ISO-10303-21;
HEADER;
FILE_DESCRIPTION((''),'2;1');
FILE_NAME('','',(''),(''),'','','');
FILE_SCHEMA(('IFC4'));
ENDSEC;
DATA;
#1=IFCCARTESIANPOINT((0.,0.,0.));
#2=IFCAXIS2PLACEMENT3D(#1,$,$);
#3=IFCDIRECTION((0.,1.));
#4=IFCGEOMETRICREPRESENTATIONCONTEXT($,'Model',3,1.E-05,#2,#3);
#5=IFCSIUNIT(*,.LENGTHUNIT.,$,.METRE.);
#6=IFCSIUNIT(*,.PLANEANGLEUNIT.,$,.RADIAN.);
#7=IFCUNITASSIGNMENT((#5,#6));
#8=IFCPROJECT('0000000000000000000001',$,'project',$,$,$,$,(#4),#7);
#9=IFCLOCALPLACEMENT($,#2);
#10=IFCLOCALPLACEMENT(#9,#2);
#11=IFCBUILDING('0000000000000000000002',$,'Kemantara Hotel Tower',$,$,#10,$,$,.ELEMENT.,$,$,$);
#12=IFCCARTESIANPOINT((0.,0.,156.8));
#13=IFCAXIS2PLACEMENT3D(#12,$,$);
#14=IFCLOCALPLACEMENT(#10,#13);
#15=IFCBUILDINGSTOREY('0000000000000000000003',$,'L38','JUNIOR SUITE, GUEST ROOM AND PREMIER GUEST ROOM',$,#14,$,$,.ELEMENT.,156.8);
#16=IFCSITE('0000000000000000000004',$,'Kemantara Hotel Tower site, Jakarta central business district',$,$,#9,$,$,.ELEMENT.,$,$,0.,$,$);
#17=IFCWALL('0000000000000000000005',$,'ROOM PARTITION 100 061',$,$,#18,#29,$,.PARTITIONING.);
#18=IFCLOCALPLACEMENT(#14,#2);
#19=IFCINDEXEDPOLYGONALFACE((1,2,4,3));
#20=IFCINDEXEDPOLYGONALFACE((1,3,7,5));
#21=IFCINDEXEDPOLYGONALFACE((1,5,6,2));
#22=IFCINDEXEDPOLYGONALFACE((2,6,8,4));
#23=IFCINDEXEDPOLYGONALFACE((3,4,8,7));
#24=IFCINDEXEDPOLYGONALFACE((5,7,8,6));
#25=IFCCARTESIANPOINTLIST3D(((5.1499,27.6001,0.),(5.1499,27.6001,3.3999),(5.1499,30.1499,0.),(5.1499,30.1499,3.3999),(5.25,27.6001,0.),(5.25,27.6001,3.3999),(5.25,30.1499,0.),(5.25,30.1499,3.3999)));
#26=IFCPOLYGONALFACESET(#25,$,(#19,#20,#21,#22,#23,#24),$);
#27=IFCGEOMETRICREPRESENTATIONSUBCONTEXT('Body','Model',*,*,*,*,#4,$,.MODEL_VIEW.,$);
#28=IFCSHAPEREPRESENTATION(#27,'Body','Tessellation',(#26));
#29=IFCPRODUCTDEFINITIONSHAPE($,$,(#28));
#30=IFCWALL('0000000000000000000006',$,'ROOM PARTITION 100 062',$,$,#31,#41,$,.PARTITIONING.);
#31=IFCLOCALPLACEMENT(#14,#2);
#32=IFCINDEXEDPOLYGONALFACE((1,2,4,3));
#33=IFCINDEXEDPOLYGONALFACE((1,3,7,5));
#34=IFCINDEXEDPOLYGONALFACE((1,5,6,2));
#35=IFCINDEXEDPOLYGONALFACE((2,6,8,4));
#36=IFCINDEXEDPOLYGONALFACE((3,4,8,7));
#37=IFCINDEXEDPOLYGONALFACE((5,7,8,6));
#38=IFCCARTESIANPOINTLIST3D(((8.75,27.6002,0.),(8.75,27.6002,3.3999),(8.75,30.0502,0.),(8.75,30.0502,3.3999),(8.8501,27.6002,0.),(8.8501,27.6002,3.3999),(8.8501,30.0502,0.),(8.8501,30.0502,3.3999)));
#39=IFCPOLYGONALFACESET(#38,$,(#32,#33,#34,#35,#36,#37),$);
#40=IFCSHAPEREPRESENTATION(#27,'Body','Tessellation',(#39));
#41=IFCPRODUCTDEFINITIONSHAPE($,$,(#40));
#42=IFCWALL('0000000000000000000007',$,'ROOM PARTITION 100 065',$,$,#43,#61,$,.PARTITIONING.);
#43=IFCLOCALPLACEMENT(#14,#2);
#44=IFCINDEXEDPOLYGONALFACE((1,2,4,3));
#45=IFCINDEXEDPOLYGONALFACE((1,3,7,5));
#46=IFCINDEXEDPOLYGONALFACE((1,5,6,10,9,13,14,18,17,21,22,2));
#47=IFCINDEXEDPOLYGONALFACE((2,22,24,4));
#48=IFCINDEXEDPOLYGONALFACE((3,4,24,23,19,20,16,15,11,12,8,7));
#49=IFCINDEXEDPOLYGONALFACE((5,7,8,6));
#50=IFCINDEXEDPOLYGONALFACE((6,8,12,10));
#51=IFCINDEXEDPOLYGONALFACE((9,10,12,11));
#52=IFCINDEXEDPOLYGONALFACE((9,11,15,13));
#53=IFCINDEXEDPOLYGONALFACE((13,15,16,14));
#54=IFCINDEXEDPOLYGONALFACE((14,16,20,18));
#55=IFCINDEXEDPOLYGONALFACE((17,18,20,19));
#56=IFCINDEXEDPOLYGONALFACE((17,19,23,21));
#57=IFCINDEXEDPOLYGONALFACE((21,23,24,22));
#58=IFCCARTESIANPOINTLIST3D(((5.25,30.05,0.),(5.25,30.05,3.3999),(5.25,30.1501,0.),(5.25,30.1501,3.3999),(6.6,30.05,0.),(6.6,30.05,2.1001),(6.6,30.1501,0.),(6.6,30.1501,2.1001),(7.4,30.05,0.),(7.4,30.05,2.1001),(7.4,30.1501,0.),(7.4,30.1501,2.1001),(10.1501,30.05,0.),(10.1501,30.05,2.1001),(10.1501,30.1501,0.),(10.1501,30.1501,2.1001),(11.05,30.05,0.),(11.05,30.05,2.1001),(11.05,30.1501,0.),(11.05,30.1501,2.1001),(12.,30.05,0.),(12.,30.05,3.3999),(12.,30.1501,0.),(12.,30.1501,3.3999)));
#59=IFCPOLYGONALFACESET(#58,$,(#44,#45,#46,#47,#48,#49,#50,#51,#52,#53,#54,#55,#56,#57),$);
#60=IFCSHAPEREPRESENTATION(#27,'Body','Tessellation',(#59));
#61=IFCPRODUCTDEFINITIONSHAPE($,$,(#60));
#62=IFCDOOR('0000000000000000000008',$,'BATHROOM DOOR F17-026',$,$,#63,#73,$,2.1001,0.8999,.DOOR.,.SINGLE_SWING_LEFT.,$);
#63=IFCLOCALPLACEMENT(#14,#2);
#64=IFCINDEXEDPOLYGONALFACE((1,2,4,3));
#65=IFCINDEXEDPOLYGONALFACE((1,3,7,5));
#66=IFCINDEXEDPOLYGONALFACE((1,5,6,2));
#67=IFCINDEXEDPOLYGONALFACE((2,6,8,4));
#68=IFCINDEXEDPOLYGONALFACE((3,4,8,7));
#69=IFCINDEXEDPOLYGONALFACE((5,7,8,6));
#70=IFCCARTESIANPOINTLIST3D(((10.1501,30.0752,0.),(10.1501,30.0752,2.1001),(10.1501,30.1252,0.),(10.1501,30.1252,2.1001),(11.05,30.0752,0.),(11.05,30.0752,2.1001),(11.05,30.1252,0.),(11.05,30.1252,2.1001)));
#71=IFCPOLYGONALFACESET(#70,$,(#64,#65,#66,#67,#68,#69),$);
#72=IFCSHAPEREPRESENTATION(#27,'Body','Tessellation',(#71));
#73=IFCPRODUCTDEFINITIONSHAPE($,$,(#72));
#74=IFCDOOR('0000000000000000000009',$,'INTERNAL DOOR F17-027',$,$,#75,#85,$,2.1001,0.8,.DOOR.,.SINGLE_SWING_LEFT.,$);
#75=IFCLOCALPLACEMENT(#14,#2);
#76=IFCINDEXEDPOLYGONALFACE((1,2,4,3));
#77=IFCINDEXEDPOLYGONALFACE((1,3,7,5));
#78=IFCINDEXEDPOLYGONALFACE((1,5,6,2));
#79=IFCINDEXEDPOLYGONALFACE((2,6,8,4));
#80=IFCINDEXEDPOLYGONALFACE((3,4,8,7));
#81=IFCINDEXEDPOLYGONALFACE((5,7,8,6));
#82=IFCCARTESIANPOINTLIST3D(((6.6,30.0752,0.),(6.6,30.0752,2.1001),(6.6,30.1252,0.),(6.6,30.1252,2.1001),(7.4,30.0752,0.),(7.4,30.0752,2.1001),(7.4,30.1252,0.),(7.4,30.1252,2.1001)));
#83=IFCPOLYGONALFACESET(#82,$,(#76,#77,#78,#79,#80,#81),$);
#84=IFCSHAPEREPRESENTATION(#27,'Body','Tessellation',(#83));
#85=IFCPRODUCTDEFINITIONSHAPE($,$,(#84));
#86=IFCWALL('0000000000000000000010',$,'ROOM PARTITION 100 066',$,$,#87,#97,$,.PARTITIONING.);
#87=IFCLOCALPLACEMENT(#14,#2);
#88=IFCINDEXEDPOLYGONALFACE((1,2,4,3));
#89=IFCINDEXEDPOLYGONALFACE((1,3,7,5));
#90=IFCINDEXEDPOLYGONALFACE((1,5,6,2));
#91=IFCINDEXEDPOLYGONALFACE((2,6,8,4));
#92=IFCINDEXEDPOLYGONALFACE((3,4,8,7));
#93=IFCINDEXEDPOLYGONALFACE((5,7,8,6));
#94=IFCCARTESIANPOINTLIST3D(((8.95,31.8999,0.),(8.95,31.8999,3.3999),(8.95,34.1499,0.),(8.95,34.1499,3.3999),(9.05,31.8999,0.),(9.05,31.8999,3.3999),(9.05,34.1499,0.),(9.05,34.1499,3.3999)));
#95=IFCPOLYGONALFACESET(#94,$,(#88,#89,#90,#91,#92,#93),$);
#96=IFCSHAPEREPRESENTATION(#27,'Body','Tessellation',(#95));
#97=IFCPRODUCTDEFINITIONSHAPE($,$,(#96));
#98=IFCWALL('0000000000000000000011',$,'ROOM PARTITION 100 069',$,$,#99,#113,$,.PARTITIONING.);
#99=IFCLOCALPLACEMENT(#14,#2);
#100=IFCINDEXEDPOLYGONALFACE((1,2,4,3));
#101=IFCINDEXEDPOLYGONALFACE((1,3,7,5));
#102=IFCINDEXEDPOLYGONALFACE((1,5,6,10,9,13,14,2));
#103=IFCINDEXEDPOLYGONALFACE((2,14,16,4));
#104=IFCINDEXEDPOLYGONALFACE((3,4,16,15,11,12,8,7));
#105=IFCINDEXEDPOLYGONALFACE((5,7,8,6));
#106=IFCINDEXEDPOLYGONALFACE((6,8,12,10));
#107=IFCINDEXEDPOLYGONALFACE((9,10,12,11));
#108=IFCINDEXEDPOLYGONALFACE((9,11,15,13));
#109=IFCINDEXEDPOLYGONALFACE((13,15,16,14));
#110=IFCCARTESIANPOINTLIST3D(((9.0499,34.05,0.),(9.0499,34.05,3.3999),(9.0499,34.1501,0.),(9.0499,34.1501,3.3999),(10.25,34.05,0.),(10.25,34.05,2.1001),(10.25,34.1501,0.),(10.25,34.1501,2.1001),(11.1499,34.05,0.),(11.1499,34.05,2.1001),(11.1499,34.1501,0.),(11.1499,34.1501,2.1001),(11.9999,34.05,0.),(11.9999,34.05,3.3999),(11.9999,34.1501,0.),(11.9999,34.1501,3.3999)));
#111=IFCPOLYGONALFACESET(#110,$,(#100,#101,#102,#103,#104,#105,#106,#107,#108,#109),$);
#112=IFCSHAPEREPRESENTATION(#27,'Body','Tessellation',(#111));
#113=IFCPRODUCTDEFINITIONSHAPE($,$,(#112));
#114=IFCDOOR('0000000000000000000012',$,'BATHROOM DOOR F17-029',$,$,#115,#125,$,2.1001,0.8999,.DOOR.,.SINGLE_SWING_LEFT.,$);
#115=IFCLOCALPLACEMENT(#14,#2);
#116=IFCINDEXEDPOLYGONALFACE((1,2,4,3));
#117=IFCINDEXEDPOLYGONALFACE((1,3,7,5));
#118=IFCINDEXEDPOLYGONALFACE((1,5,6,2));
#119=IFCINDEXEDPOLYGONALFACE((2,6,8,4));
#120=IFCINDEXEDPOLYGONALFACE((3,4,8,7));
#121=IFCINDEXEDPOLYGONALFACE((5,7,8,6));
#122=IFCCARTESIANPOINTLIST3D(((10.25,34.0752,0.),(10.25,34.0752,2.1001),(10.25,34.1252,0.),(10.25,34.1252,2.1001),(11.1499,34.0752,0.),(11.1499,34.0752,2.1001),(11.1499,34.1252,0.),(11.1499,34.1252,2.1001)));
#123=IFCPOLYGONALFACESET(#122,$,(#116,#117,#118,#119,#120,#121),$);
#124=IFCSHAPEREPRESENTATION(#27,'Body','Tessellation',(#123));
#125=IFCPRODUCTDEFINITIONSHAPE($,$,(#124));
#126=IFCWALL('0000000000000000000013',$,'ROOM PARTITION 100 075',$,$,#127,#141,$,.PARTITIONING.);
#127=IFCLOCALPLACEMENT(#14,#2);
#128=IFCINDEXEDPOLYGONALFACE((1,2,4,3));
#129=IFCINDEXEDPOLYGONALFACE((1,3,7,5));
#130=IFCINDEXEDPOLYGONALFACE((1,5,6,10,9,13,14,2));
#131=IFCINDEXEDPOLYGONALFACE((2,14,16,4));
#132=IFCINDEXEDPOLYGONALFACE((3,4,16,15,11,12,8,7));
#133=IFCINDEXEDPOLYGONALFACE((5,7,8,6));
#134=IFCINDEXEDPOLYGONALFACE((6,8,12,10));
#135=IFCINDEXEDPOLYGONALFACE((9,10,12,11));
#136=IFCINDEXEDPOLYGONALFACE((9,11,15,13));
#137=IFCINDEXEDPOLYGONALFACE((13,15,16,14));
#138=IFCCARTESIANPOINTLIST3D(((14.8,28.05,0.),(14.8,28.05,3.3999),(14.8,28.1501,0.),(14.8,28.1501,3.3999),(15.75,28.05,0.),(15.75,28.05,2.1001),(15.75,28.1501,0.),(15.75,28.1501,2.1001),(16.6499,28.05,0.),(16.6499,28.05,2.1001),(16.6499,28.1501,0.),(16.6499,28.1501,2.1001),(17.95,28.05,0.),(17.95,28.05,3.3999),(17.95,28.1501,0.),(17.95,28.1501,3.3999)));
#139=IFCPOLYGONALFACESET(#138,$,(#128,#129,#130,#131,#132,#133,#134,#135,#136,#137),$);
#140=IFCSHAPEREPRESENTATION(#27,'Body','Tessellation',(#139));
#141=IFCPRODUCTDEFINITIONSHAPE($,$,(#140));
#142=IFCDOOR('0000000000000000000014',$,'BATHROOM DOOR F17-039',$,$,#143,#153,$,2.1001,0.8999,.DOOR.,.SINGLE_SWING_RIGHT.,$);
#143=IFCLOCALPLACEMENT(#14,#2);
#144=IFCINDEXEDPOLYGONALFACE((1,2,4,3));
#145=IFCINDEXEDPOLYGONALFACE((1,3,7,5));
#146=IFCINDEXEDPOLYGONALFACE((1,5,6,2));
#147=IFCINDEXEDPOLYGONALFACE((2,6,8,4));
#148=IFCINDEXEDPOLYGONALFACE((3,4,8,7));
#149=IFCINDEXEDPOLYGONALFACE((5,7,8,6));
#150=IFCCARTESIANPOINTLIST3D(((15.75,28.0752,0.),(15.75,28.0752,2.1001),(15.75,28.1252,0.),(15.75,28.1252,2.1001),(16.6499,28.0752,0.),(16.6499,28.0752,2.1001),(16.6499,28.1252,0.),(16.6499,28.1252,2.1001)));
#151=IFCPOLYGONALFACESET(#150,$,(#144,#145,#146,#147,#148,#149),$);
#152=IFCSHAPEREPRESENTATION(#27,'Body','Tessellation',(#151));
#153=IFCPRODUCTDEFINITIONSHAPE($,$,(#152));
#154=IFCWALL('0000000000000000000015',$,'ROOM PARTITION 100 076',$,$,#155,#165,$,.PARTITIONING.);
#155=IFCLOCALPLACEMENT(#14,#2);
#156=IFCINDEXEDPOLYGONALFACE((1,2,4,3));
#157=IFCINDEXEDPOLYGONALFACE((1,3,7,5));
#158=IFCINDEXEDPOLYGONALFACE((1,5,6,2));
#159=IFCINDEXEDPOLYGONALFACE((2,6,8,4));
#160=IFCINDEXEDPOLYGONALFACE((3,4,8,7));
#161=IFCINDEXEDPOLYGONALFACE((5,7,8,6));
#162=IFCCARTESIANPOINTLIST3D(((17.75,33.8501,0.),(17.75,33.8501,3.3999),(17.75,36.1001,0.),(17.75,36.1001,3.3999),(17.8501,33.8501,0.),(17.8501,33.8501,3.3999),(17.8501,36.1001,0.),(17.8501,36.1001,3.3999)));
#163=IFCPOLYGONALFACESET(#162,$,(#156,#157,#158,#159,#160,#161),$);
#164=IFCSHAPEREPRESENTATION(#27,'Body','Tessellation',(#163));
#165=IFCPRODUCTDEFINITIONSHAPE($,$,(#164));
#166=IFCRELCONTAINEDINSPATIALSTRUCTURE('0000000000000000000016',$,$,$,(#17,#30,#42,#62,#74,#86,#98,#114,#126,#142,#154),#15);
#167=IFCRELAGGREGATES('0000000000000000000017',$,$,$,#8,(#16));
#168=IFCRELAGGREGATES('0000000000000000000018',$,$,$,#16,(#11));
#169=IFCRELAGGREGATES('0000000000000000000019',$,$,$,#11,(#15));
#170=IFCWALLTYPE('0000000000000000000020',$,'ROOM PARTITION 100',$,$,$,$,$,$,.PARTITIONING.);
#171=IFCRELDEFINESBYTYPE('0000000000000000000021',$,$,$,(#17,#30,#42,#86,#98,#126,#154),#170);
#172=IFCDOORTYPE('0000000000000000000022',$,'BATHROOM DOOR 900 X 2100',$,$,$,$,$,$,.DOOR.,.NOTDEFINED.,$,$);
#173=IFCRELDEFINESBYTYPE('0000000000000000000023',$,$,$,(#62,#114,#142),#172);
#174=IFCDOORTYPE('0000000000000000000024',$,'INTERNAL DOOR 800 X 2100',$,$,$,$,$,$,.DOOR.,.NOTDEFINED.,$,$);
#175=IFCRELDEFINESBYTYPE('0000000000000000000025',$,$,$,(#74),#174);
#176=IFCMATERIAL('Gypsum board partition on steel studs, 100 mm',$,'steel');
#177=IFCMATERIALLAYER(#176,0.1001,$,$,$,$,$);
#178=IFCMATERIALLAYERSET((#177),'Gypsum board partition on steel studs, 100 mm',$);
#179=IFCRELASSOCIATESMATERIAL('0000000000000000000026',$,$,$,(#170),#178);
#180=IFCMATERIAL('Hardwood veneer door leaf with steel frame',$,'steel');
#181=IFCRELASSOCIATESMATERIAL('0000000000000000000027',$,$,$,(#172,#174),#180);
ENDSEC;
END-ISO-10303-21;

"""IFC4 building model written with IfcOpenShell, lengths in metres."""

from ifc_helpers import new_model, si_unit, direction, frame, frame_2d, origin, place, context, subcontext, project, spatial, rectangle, extrude, material, layer, layer_set, type_object, element, fill, save


model = new_model("IFC4")

# Units and contexts
model_context = context("Model", 3, precision=1e-05, world=origin(), true_north=direction((0.0, 1.0)))
body_context = subcontext(model_context, "Body", "Model", "MODEL_VIEW")
ifc_project = project(units=[si_unit("LENGTHUNIT", "METRE"), si_unit("PLANEANGLEUNIT", "RADIAN")], contexts=[model_context])

# Site, building, storey
site_placement = place(None, origin())
site = spatial("IfcSite", under=ifc_project, at=site_placement, Name="Kemantara Hotel Tower site, Jakarta central business district", CompositionType="ELEMENT", RefElevation=0.0)
building_placement = place(site_placement, origin())
building = spatial("IfcBuilding", under=site, at=building_placement, Name="Kemantara Hotel Tower", CompositionType="ELEMENT")
storey_placement = place(building_placement, frame((0.0, 0.0, 156.8)))
storey = spatial("IfcBuildingStorey", under=building, at=storey_placement, Name="L38", Description="JUNIOR SUITE, GUEST ROOM AND PREMIER GUEST ROOM", CompositionType="ELEMENT", Elevation=156.8)

# Shared definitions
ifc_material_1 = material(Name="Hardwood veneer door leaf with steel frame", Category="steel")

# Walls
ifc_material_2 = material(Name="Gypsum board partition on steel studs, 100 mm", Category="steel")
ifc_layer_1 = layer(ifc_material_2, 0.1001)
ifc_layer_set_1 = layer_set([ifc_layer_1], Name="Gypsum board partition on steel studs, 100 mm")
wall_type_1 = type_object("IfcWallType", Name="ROOM PARTITION 100", PredefinedType="PARTITIONING", material=ifc_layer_set_1)
wall_1_placement = place(storey_placement, frame((5.2, 27.6001, 0.0), z_axis=(0.0, 0.0, 1.0), x_axis=(0.0, 1.0, 0.0)))
element("IfcWall", 1, at=wall_1_placement, inside=storey, type_object=wall_type_1, Name="ROOM PARTITION 100 061", PredefinedType="PARTITIONING", context=body_context, shape_type="SweptSolid", body=[
    extrude(rectangle(XDim=2.5498, YDim=0.1001, at=frame_2d((1.2749, 0.0))), origin(), (0.0, 0.0, 1.0), 3.3999),
])
wall_2_placement = place(storey_placement, frame((8.8, 27.6001, 0.0), z_axis=(0.0, 0.0, 1.0), x_axis=(0.0, 1.0, 0.0)))
element("IfcWall", 2, at=wall_2_placement, inside=storey, type_object=wall_type_1, Name="ROOM PARTITION 100 062", PredefinedType="PARTITIONING", context=body_context, shape_type="SweptSolid", body=[
    extrude(rectangle(XDim=2.45, YDim=0.1001, at=frame_2d((1.2251, 0.0))), origin(), (0.0, 0.0, 1.0), 3.3999),
])

# Wall, openings, doors
wall_3_placement = place(storey_placement, frame((12.0, 30.1001, 0.0), z_axis=(0.0, 0.0, 1.0), x_axis=(-1.0, 0.0, 0.0)))
wall_3 = element("IfcWall", 3, at=wall_3_placement, inside=storey, type_object=wall_type_1, Name="ROOM PARTITION 100 065", PredefinedType="PARTITIONING", context=body_context, shape_type="SweptSolid", body=[
    extrude(rectangle(XDim=6.75, YDim=0.1001, at=frame_2d((3.375, 0.0))), origin(), (0.0, 0.0, 1.0), 3.3999),
])
opening_1_placement = place(wall_3_placement, frame((0.95, 0.0, 0.0)))
opening_1 = element("IfcOpeningElement", 4, at=opening_1_placement, cuts=wall_3, PredefinedType="OPENING", context=body_context, shape_type="SweptSolid", body=[
    extrude(rectangle(XDim=0.8999, YDim=2.1001, at=frame_2d((0.45, 1.05))), frame((0.0, 0.0601, 0.0), z_axis=(0.0, -1.0, 0.0), x_axis=(1.0, 0.0, 0.0)), (0.0, 0.0, 1.0), 0.1201),
])
opening_2_placement = place(wall_3_placement, frame((4.6001, 0.0, 0.0)))
opening_2 = element("IfcOpeningElement", 5, at=opening_2_placement, cuts=wall_3, PredefinedType="OPENING", context=body_context, shape_type="SweptSolid", body=[
    extrude(rectangle(XDim=0.8, YDim=2.1001, at=frame_2d((0.3999, 1.05))), frame((0.0, 0.0601, 0.0), z_axis=(0.0, -1.0, 0.0), x_axis=(1.0, 0.0, 0.0)), (0.0, 0.0, 1.0), 0.1201),
])
door_type_1 = type_object("IfcDoorType", Name="BATHROOM DOOR 900 X 2100", OperationType="NOTDEFINED", PredefinedType="DOOR", material=ifc_material_1)
door_1_placement = place(opening_1_placement, origin())
door_1 = element("IfcDoor", 6, at=door_1_placement, inside=storey, type_object=door_type_1, Name="BATHROOM DOOR F17-026", OperationType="SINGLE_SWING_LEFT", OverallHeight=2.1001, OverallWidth=0.8999, PredefinedType="DOOR", context=body_context, shape_type="SweptSolid", body=[
    extrude(rectangle(XDim=0.8999, YDim=2.1001, at=frame_2d((0.45, 1.05))), frame((0.0, 0.0249, 0.0), z_axis=(0.0, -1.0, 0.0), x_axis=(1.0, 0.0, 0.0)), (0.0, 0.0, 1.0), 0.05),
])
fill(opening_1, door_1)
door_type_2 = type_object("IfcDoorType", Name="INTERNAL DOOR 800 X 2100", OperationType="NOTDEFINED", PredefinedType="DOOR", material=ifc_material_1)
door_2_placement = place(opening_2_placement, origin())
door_2 = element("IfcDoor", 7, at=door_2_placement, inside=storey, type_object=door_type_2, Name="INTERNAL DOOR F17-027", OperationType="SINGLE_SWING_LEFT", OverallHeight=2.1001, OverallWidth=0.8, PredefinedType="DOOR", context=body_context, shape_type="SweptSolid", body=[
    extrude(rectangle(XDim=0.8, YDim=2.1001, at=frame_2d((0.3999, 1.05))), frame((0.0, 0.0249, 0.0), z_axis=(0.0, -1.0, 0.0), x_axis=(1.0, 0.0, 0.0)), (0.0, 0.0, 1.0), 0.05),
])
fill(opening_2, door_2)

# Wall
wall_4_placement = place(storey_placement, frame((9.0, 31.8999, 0.0), z_axis=(0.0, 0.0, 1.0), x_axis=(0.0, 1.0, 0.0)))
element("IfcWall", 8, at=wall_4_placement, inside=storey, type_object=wall_type_1, Name="ROOM PARTITION 100 066", PredefinedType="PARTITIONING", context=body_context, shape_type="SweptSolid", body=[
    extrude(rectangle(XDim=2.25, YDim=0.1001, at=frame_2d((1.125, 0.0))), origin(), (0.0, 0.0, 1.0), 3.3999),
])

# Walls, openings, doors
wall_5_placement = place(storey_placement, frame((12.0, 34.1001, 0.0), z_axis=(0.0, 0.0, 1.0), x_axis=(-1.0, 0.0, 0.0)))
wall_5 = element("IfcWall", 9, at=wall_5_placement, inside=storey, type_object=wall_type_1, Name="ROOM PARTITION 100 069", PredefinedType="PARTITIONING", context=body_context, shape_type="SweptSolid", body=[
    extrude(rectangle(XDim=2.95, YDim=0.1001, at=frame_2d((1.4751, 0.0))), origin(), (0.0, 0.0, 1.0), 3.3999),
])
opening_3_placement = place(wall_5_placement, frame((0.8501, 0.0, 0.0)))
opening_3 = element("IfcOpeningElement", 10, at=opening_3_placement, cuts=wall_5, PredefinedType="OPENING", context=body_context, shape_type="SweptSolid", body=[
    extrude(rectangle(XDim=0.8999, YDim=2.1001, at=frame_2d((0.45, 1.05))), frame((0.0, 0.0601, 0.0), z_axis=(0.0, -1.0, 0.0), x_axis=(1.0, 0.0, 0.0)), (0.0, 0.0, 1.0), 0.1201),
])
door_3_placement = place(opening_3_placement, origin())
door_3 = element("IfcDoor", 11, at=door_3_placement, inside=storey, type_object=door_type_1, Name="BATHROOM DOOR F17-029", OperationType="SINGLE_SWING_LEFT", OverallHeight=2.1001, OverallWidth=0.8999, PredefinedType="DOOR", context=body_context, shape_type="SweptSolid", body=[
    extrude(rectangle(XDim=0.8999, YDim=2.1001, at=frame_2d((0.45, 1.05))), frame((0.0, 0.0249, 0.0), z_axis=(0.0, -1.0, 0.0), x_axis=(1.0, 0.0, 0.0)), (0.0, 0.0, 1.0), 0.05),
])
fill(opening_3, door_3)
wall_6_placement = place(storey_placement, frame((17.95, 28.1001, 0.0), z_axis=(0.0, 0.0, 1.0), x_axis=(-1.0, 0.0, 0.0)))
wall_6 = element("IfcWall", 12, at=wall_6_placement, inside=storey, type_object=wall_type_1, Name="ROOM PARTITION 100 075", PredefinedType="PARTITIONING", context=body_context, shape_type="SweptSolid", body=[
    extrude(rectangle(XDim=3.1499, YDim=0.1001, at=frame_2d((1.575, 0.0))), origin(), (0.0, 0.0, 1.0), 3.3999),
])
opening_4_placement = place(wall_6_placement, frame((1.3, 0.0, 0.0)))
opening_4 = element("IfcOpeningElement", 13, at=opening_4_placement, cuts=wall_6, PredefinedType="OPENING", context=body_context, shape_type="SweptSolid", body=[
    extrude(rectangle(XDim=0.8999, YDim=2.1001, at=frame_2d((0.45, 1.05))), frame((0.0, 0.0601, 0.0), z_axis=(0.0, -1.0, 0.0), x_axis=(1.0, 0.0, 0.0)), (0.0, 0.0, 1.0), 0.1201),
])
door_4_placement = place(opening_4_placement, origin())
door_4 = element("IfcDoor", 14, at=door_4_placement, inside=storey, type_object=door_type_1, Name="BATHROOM DOOR F17-039", OperationType="SINGLE_SWING_RIGHT", OverallHeight=2.1001, OverallWidth=0.8999, PredefinedType="DOOR", context=body_context, shape_type="SweptSolid", body=[
    extrude(rectangle(XDim=0.8999, YDim=2.1001, at=frame_2d((0.45, 1.05))), frame((0.0, 0.0249, 0.0), z_axis=(0.0, -1.0, 0.0), x_axis=(1.0, 0.0, 0.0)), (0.0, 0.0, 1.0), 0.05),
])
fill(opening_4, door_4)

# Wall
wall_7_placement = place(storey_placement, frame((17.8, 33.8501, 0.0), z_axis=(0.0, 0.0, 1.0), x_axis=(0.0, 1.0, 0.0)))
element("IfcWall", 15, at=wall_7_placement, inside=storey, type_object=wall_type_1, Name="ROOM PARTITION 100 076", PredefinedType="PARTITIONING", context=body_context, shape_type="SweptSolid", body=[
    extrude(rectangle(XDim=2.25, YDim=0.1001, at=frame_2d((1.125, 0.0))), origin(), (0.0, 0.0, 1.0), 3.3999),
])

save(model, "model.ifc")
